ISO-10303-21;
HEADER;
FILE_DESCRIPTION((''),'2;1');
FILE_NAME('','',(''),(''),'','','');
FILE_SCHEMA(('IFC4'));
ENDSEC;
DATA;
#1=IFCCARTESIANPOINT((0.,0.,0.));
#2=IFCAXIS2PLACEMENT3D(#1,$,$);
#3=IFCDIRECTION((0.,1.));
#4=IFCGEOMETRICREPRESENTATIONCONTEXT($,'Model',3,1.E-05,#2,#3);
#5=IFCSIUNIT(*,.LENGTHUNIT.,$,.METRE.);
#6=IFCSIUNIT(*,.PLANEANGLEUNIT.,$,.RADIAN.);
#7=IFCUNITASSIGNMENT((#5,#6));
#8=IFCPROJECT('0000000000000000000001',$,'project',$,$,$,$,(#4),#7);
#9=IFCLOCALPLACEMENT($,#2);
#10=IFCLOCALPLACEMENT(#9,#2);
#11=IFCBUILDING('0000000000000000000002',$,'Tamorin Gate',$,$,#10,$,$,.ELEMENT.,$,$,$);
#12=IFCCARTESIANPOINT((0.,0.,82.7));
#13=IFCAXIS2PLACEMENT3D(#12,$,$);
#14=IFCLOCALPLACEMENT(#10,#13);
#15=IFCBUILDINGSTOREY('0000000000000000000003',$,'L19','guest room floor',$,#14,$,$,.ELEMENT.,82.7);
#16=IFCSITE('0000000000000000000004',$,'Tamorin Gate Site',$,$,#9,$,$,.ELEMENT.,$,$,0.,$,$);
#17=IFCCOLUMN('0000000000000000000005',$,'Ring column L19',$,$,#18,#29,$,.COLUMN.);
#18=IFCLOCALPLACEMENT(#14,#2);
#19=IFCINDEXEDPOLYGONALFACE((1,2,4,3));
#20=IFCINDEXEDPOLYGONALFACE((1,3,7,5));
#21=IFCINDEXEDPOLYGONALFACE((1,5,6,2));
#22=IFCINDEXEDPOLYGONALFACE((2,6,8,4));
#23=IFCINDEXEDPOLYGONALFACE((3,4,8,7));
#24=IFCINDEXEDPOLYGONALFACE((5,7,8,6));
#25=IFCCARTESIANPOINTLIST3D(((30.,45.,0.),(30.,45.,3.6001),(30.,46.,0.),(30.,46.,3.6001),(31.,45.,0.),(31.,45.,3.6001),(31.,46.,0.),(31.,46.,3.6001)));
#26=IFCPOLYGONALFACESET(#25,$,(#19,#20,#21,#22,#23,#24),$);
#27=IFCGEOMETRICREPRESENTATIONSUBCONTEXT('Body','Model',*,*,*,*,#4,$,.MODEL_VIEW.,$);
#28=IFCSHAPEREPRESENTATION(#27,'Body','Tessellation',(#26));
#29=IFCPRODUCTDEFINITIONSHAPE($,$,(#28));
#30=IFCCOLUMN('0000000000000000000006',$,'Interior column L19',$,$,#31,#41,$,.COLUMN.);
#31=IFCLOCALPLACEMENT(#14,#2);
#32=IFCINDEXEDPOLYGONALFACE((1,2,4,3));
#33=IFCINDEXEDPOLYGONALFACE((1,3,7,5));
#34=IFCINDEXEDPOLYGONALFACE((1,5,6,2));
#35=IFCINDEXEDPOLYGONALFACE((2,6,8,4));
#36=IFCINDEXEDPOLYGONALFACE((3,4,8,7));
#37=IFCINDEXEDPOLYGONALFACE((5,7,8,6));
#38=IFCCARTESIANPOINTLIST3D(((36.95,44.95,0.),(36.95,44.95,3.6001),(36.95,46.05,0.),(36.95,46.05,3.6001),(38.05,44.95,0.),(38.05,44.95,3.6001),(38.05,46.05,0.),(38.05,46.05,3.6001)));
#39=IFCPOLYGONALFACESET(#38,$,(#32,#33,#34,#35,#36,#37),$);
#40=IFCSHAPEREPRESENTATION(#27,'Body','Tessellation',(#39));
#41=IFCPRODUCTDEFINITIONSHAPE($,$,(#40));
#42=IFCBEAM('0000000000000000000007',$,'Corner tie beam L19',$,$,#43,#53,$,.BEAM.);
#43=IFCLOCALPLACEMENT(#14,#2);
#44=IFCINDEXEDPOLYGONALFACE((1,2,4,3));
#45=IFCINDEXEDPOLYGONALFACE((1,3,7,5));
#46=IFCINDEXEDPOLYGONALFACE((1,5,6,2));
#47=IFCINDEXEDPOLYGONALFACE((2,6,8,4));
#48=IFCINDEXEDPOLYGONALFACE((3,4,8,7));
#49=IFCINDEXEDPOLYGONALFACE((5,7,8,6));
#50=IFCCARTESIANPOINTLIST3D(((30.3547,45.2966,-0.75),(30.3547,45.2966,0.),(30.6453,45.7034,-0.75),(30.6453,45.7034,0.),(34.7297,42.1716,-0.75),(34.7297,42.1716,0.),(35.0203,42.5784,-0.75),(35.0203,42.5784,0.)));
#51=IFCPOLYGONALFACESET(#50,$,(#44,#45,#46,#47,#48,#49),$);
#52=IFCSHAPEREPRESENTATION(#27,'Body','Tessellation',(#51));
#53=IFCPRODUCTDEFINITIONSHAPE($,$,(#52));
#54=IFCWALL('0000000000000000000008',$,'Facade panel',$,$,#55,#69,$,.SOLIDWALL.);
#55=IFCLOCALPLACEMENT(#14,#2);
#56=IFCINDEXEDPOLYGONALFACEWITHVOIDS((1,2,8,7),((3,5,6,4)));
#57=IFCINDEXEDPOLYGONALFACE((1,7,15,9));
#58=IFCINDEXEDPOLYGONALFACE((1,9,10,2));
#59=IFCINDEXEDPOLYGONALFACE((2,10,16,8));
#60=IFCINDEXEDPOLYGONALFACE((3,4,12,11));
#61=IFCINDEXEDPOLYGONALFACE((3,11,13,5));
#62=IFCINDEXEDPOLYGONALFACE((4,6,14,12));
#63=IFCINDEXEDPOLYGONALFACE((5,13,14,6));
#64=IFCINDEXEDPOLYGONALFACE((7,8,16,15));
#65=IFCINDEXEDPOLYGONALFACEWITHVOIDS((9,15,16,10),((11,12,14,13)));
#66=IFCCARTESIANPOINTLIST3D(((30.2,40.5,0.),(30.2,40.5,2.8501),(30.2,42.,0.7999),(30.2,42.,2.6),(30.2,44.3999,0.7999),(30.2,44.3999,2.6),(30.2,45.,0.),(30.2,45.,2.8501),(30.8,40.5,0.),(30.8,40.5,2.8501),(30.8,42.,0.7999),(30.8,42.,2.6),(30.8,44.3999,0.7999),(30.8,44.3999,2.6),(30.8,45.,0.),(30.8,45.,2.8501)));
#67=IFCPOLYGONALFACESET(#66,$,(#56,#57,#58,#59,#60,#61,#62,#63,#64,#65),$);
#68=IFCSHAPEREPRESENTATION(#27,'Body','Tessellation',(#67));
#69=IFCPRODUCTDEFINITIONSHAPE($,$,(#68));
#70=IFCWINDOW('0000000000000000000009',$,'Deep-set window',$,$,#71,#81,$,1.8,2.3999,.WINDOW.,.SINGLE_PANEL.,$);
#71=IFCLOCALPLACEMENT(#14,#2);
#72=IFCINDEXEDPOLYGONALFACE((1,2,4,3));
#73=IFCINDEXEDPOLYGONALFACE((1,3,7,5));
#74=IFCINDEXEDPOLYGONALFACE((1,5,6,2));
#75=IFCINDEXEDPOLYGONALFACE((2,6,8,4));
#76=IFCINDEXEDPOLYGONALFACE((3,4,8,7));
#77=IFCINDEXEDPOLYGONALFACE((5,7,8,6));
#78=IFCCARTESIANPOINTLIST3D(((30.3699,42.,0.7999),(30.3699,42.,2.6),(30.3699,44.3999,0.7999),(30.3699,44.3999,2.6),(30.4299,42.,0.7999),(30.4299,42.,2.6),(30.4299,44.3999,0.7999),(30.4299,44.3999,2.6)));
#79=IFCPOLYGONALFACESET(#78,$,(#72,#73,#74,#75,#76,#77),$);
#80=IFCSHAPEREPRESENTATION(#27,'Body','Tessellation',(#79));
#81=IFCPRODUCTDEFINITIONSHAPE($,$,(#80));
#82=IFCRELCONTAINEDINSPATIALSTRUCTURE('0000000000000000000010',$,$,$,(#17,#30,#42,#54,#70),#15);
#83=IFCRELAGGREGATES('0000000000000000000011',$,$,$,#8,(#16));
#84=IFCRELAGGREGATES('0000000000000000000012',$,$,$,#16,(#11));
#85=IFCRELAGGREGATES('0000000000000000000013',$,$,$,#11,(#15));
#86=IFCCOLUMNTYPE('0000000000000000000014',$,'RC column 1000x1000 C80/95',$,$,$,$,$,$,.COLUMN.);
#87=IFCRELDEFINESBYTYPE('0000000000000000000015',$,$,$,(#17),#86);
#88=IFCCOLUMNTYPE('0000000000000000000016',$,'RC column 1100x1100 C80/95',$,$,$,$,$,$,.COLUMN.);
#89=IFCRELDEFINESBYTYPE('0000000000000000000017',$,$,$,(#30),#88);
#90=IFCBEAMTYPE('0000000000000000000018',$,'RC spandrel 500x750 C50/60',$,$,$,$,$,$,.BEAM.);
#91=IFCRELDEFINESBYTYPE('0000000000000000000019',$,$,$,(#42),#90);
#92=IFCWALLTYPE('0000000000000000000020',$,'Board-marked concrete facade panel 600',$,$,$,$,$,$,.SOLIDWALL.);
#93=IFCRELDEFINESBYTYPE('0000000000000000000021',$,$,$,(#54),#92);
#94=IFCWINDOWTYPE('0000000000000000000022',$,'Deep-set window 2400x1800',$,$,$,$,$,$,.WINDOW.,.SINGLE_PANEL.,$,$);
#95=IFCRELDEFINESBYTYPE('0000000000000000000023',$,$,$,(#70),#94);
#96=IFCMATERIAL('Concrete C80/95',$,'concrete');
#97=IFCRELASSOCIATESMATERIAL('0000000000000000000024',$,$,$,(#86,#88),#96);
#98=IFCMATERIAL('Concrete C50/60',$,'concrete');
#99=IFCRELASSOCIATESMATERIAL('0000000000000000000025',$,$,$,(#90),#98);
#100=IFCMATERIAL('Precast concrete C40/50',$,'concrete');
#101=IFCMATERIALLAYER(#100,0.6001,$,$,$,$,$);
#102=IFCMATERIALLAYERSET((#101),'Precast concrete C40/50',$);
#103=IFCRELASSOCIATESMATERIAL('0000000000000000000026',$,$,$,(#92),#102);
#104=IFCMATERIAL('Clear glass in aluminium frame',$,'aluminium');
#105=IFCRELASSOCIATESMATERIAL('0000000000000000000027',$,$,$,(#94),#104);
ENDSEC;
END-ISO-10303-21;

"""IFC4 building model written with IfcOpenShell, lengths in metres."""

from ifc_helpers import new_model, si_unit, direction, frame, frame_2d, origin, origin_2d, place, context, subcontext, project, spatial, rectangle, extrude, material, layer, layer_set, material_profile, profile_set, type_object, element, fill, save


model = new_model("IFC4")

# Units and contexts
model_context = context("Model", 3, precision=1e-05, world=origin(), true_north=direction((0.0, 1.0)))
body_context = subcontext(model_context, "Body", "Model", "MODEL_VIEW")
ifc_project = project(units=[si_unit("LENGTHUNIT", "METRE"), si_unit("PLANEANGLEUNIT", "RADIAN")], contexts=[model_context])

# Site, building, storey
site_placement = place(None, origin())
site = spatial("IfcSite", under=ifc_project, at=site_placement, Name="Tamorin Gate Site", CompositionType="ELEMENT", RefElevation=0.0)
building_placement = place(site_placement, origin())
building = spatial("IfcBuilding", under=site, at=building_placement, Name="Tamorin Gate", CompositionType="ELEMENT")
storey_placement = place(building_placement, frame((0.0, 0.0, 82.7)))
storey = spatial("IfcBuildingStorey", under=building, at=storey_placement, Name="L19", Description="guest room floor", CompositionType="ELEMENT", Elevation=82.7)

# Columns
ifc_material_1 = material(Name="Concrete C80/95", Category="concrete")
ifc_material_profile_1 = material_profile(ifc_material_1, rectangle(XDim=1.0, YDim=1.0, at=origin_2d()), Name="RC 1000x1000")
ifc_profile_set_1 = profile_set([ifc_material_profile_1], Name="Concrete C80/95")
column_type_1 = type_object("IfcColumnType", Name="RC column 1000x1000 C80/95", PredefinedType="COLUMN", material=ifc_profile_set_1)
column_1_placement = place(storey_placement, frame((30.5, 45.5, 0.0), z_axis=(0.0, 0.0, 1.0), x_axis=(1.0, 0.0, 0.0)))
element("IfcColumn", 1, at=column_1_placement, inside=storey, type_object=column_type_1, Name="Ring column L19", PredefinedType="COLUMN", context=body_context, shape_type="SweptSolid", body=[
    extrude(rectangle(XDim=1.0, YDim=1.0, at=origin_2d()), origin(), (0.0, 0.0, 1.0), 3.6001),
])
ifc_material_profile_2 = material_profile(ifc_material_1, rectangle(XDim=1.1001, YDim=1.1001, at=origin_2d()), Name="RC 1100x1100")
ifc_profile_set_2 = profile_set([ifc_material_profile_2], Name="Concrete C80/95")
column_type_2 = type_object("IfcColumnType", Name="RC column 1100x1100 C80/95", PredefinedType="COLUMN", material=ifc_profile_set_2)
column_2_placement = place(storey_placement, frame((37.5, 45.5, 0.0), z_axis=(0.0, 0.0, 1.0), x_axis=(1.0, 0.0, 0.0)))
element("IfcColumn", 2, at=column_2_placement, inside=storey, type_object=column_type_2, Name="Interior column L19", PredefinedType="COLUMN", context=body_context, shape_type="SweptSolid", body=[
    extrude(rectangle(XDim=1.1001, YDim=1.1001, at=origin_2d()), origin(), (0.0, 0.0, 1.0), 3.6001),
])

# Beam
ifc_material_2 = material(Name="Concrete C50/60", Category="concrete")
ifc_material_profile_3 = material_profile(ifc_material_2, rectangle(XDim=0.5, YDim=0.75, at=origin_2d()), Name="RC 500x750")
ifc_profile_set_3 = profile_set([ifc_material_profile_3], Name="Concrete C50/60")
beam_type = type_object("IfcBeamType", Name="RC spandrel 500x750 C50/60", PredefinedType="BEAM", material=ifc_profile_set_3)
beam_placement = place(storey_placement, frame((34.875, 42.375, -0.375), z_axis=(-0.813733, 0.581238, 0.0), x_axis=(-0.581238, -0.813733, 0.0)))
element("IfcBeam", 3, at=beam_placement, inside=storey, type_object=beam_type, Name="Corner tie beam L19", PredefinedType="BEAM", context=body_context, shape_type="SweptSolid", body=[
    extrude(rectangle(XDim=0.5, YDim=0.75, at=origin_2d()), origin(), (0.0, 0.0, 1.0), 5.3765),
])

# Wall, opening, window
ifc_material_3 = material(Name="Precast concrete C40/50", Category="concrete")
ifc_layer_1 = layer(ifc_material_3, 0.6001)
ifc_layer_set_1 = layer_set([ifc_layer_1], Name="Precast concrete C40/50")
wall_type_1 = type_object("IfcWallType", Name="Board-marked concrete facade panel 600", PredefinedType="SOLIDWALL", material=ifc_layer_set_1)
wall_1_placement = place(storey_placement, frame((30.5, 45.0, 0.0), z_axis=(0.0, 0.0, 1.0), x_axis=(0.0, -1.0, 0.0)))
wall_1 = element("IfcWall", 4, at=wall_1_placement, inside=storey, type_object=wall_type_1, Name="Facade panel", PredefinedType="SOLIDWALL", context=body_context, shape_type="SweptSolid", body=[
    extrude(rectangle(XDim=4.5, YDim=0.6001, at=frame_2d((2.25, 0.0))), origin(), (0.0, 0.0, 1.0), 2.8501),
])
opening_1_placement = place(wall_1_placement, frame((0.6001, 0.0, 0.8)))
opening_1 = element("IfcOpeningElement", 5, at=opening_1_placement, cuts=wall_1, PredefinedType="OPENING", context=body_context, shape_type="SweptSolid", body=[
    extrude(rectangle(XDim=2.3999, YDim=1.8, at=frame_2d((1.2, 0.8999))), frame((0.0, 0.3101, 0.0), z_axis=(0.0, -1.0, 0.0), x_axis=(1.0, 0.0, 0.0)), (0.0, 0.0, 1.0), 0.6201),
])
ifc_material_4 = material(Name="Clear glass in aluminium frame", Category="aluminium")
window_type = type_object("IfcWindowType", Name="Deep-set window 2400x1800", PartitioningType="SINGLE_PANEL", PredefinedType="WINDOW", material=ifc_material_4)
window_placement = place(opening_1_placement, origin())
window = element("IfcWindow", 6, at=window_placement, inside=storey, type_object=window_type, Name="Deep-set window", OverallHeight=1.8, OverallWidth=2.3999, PartitioningType="SINGLE_PANEL", PredefinedType="WINDOW", context=body_context, shape_type="SweptSolid", body=[
    extrude(rectangle(XDim=2.3999, YDim=1.8, at=frame_2d((1.2, 0.8999))), frame((0.0, -0.0701, 0.0), z_axis=(0.0, -1.0, 0.0), x_axis=(1.0, 0.0, 0.0)), (0.0, 0.0, 1.0), 0.0601),
])
fill(opening_1, window)

save(model, "model.ifc")
